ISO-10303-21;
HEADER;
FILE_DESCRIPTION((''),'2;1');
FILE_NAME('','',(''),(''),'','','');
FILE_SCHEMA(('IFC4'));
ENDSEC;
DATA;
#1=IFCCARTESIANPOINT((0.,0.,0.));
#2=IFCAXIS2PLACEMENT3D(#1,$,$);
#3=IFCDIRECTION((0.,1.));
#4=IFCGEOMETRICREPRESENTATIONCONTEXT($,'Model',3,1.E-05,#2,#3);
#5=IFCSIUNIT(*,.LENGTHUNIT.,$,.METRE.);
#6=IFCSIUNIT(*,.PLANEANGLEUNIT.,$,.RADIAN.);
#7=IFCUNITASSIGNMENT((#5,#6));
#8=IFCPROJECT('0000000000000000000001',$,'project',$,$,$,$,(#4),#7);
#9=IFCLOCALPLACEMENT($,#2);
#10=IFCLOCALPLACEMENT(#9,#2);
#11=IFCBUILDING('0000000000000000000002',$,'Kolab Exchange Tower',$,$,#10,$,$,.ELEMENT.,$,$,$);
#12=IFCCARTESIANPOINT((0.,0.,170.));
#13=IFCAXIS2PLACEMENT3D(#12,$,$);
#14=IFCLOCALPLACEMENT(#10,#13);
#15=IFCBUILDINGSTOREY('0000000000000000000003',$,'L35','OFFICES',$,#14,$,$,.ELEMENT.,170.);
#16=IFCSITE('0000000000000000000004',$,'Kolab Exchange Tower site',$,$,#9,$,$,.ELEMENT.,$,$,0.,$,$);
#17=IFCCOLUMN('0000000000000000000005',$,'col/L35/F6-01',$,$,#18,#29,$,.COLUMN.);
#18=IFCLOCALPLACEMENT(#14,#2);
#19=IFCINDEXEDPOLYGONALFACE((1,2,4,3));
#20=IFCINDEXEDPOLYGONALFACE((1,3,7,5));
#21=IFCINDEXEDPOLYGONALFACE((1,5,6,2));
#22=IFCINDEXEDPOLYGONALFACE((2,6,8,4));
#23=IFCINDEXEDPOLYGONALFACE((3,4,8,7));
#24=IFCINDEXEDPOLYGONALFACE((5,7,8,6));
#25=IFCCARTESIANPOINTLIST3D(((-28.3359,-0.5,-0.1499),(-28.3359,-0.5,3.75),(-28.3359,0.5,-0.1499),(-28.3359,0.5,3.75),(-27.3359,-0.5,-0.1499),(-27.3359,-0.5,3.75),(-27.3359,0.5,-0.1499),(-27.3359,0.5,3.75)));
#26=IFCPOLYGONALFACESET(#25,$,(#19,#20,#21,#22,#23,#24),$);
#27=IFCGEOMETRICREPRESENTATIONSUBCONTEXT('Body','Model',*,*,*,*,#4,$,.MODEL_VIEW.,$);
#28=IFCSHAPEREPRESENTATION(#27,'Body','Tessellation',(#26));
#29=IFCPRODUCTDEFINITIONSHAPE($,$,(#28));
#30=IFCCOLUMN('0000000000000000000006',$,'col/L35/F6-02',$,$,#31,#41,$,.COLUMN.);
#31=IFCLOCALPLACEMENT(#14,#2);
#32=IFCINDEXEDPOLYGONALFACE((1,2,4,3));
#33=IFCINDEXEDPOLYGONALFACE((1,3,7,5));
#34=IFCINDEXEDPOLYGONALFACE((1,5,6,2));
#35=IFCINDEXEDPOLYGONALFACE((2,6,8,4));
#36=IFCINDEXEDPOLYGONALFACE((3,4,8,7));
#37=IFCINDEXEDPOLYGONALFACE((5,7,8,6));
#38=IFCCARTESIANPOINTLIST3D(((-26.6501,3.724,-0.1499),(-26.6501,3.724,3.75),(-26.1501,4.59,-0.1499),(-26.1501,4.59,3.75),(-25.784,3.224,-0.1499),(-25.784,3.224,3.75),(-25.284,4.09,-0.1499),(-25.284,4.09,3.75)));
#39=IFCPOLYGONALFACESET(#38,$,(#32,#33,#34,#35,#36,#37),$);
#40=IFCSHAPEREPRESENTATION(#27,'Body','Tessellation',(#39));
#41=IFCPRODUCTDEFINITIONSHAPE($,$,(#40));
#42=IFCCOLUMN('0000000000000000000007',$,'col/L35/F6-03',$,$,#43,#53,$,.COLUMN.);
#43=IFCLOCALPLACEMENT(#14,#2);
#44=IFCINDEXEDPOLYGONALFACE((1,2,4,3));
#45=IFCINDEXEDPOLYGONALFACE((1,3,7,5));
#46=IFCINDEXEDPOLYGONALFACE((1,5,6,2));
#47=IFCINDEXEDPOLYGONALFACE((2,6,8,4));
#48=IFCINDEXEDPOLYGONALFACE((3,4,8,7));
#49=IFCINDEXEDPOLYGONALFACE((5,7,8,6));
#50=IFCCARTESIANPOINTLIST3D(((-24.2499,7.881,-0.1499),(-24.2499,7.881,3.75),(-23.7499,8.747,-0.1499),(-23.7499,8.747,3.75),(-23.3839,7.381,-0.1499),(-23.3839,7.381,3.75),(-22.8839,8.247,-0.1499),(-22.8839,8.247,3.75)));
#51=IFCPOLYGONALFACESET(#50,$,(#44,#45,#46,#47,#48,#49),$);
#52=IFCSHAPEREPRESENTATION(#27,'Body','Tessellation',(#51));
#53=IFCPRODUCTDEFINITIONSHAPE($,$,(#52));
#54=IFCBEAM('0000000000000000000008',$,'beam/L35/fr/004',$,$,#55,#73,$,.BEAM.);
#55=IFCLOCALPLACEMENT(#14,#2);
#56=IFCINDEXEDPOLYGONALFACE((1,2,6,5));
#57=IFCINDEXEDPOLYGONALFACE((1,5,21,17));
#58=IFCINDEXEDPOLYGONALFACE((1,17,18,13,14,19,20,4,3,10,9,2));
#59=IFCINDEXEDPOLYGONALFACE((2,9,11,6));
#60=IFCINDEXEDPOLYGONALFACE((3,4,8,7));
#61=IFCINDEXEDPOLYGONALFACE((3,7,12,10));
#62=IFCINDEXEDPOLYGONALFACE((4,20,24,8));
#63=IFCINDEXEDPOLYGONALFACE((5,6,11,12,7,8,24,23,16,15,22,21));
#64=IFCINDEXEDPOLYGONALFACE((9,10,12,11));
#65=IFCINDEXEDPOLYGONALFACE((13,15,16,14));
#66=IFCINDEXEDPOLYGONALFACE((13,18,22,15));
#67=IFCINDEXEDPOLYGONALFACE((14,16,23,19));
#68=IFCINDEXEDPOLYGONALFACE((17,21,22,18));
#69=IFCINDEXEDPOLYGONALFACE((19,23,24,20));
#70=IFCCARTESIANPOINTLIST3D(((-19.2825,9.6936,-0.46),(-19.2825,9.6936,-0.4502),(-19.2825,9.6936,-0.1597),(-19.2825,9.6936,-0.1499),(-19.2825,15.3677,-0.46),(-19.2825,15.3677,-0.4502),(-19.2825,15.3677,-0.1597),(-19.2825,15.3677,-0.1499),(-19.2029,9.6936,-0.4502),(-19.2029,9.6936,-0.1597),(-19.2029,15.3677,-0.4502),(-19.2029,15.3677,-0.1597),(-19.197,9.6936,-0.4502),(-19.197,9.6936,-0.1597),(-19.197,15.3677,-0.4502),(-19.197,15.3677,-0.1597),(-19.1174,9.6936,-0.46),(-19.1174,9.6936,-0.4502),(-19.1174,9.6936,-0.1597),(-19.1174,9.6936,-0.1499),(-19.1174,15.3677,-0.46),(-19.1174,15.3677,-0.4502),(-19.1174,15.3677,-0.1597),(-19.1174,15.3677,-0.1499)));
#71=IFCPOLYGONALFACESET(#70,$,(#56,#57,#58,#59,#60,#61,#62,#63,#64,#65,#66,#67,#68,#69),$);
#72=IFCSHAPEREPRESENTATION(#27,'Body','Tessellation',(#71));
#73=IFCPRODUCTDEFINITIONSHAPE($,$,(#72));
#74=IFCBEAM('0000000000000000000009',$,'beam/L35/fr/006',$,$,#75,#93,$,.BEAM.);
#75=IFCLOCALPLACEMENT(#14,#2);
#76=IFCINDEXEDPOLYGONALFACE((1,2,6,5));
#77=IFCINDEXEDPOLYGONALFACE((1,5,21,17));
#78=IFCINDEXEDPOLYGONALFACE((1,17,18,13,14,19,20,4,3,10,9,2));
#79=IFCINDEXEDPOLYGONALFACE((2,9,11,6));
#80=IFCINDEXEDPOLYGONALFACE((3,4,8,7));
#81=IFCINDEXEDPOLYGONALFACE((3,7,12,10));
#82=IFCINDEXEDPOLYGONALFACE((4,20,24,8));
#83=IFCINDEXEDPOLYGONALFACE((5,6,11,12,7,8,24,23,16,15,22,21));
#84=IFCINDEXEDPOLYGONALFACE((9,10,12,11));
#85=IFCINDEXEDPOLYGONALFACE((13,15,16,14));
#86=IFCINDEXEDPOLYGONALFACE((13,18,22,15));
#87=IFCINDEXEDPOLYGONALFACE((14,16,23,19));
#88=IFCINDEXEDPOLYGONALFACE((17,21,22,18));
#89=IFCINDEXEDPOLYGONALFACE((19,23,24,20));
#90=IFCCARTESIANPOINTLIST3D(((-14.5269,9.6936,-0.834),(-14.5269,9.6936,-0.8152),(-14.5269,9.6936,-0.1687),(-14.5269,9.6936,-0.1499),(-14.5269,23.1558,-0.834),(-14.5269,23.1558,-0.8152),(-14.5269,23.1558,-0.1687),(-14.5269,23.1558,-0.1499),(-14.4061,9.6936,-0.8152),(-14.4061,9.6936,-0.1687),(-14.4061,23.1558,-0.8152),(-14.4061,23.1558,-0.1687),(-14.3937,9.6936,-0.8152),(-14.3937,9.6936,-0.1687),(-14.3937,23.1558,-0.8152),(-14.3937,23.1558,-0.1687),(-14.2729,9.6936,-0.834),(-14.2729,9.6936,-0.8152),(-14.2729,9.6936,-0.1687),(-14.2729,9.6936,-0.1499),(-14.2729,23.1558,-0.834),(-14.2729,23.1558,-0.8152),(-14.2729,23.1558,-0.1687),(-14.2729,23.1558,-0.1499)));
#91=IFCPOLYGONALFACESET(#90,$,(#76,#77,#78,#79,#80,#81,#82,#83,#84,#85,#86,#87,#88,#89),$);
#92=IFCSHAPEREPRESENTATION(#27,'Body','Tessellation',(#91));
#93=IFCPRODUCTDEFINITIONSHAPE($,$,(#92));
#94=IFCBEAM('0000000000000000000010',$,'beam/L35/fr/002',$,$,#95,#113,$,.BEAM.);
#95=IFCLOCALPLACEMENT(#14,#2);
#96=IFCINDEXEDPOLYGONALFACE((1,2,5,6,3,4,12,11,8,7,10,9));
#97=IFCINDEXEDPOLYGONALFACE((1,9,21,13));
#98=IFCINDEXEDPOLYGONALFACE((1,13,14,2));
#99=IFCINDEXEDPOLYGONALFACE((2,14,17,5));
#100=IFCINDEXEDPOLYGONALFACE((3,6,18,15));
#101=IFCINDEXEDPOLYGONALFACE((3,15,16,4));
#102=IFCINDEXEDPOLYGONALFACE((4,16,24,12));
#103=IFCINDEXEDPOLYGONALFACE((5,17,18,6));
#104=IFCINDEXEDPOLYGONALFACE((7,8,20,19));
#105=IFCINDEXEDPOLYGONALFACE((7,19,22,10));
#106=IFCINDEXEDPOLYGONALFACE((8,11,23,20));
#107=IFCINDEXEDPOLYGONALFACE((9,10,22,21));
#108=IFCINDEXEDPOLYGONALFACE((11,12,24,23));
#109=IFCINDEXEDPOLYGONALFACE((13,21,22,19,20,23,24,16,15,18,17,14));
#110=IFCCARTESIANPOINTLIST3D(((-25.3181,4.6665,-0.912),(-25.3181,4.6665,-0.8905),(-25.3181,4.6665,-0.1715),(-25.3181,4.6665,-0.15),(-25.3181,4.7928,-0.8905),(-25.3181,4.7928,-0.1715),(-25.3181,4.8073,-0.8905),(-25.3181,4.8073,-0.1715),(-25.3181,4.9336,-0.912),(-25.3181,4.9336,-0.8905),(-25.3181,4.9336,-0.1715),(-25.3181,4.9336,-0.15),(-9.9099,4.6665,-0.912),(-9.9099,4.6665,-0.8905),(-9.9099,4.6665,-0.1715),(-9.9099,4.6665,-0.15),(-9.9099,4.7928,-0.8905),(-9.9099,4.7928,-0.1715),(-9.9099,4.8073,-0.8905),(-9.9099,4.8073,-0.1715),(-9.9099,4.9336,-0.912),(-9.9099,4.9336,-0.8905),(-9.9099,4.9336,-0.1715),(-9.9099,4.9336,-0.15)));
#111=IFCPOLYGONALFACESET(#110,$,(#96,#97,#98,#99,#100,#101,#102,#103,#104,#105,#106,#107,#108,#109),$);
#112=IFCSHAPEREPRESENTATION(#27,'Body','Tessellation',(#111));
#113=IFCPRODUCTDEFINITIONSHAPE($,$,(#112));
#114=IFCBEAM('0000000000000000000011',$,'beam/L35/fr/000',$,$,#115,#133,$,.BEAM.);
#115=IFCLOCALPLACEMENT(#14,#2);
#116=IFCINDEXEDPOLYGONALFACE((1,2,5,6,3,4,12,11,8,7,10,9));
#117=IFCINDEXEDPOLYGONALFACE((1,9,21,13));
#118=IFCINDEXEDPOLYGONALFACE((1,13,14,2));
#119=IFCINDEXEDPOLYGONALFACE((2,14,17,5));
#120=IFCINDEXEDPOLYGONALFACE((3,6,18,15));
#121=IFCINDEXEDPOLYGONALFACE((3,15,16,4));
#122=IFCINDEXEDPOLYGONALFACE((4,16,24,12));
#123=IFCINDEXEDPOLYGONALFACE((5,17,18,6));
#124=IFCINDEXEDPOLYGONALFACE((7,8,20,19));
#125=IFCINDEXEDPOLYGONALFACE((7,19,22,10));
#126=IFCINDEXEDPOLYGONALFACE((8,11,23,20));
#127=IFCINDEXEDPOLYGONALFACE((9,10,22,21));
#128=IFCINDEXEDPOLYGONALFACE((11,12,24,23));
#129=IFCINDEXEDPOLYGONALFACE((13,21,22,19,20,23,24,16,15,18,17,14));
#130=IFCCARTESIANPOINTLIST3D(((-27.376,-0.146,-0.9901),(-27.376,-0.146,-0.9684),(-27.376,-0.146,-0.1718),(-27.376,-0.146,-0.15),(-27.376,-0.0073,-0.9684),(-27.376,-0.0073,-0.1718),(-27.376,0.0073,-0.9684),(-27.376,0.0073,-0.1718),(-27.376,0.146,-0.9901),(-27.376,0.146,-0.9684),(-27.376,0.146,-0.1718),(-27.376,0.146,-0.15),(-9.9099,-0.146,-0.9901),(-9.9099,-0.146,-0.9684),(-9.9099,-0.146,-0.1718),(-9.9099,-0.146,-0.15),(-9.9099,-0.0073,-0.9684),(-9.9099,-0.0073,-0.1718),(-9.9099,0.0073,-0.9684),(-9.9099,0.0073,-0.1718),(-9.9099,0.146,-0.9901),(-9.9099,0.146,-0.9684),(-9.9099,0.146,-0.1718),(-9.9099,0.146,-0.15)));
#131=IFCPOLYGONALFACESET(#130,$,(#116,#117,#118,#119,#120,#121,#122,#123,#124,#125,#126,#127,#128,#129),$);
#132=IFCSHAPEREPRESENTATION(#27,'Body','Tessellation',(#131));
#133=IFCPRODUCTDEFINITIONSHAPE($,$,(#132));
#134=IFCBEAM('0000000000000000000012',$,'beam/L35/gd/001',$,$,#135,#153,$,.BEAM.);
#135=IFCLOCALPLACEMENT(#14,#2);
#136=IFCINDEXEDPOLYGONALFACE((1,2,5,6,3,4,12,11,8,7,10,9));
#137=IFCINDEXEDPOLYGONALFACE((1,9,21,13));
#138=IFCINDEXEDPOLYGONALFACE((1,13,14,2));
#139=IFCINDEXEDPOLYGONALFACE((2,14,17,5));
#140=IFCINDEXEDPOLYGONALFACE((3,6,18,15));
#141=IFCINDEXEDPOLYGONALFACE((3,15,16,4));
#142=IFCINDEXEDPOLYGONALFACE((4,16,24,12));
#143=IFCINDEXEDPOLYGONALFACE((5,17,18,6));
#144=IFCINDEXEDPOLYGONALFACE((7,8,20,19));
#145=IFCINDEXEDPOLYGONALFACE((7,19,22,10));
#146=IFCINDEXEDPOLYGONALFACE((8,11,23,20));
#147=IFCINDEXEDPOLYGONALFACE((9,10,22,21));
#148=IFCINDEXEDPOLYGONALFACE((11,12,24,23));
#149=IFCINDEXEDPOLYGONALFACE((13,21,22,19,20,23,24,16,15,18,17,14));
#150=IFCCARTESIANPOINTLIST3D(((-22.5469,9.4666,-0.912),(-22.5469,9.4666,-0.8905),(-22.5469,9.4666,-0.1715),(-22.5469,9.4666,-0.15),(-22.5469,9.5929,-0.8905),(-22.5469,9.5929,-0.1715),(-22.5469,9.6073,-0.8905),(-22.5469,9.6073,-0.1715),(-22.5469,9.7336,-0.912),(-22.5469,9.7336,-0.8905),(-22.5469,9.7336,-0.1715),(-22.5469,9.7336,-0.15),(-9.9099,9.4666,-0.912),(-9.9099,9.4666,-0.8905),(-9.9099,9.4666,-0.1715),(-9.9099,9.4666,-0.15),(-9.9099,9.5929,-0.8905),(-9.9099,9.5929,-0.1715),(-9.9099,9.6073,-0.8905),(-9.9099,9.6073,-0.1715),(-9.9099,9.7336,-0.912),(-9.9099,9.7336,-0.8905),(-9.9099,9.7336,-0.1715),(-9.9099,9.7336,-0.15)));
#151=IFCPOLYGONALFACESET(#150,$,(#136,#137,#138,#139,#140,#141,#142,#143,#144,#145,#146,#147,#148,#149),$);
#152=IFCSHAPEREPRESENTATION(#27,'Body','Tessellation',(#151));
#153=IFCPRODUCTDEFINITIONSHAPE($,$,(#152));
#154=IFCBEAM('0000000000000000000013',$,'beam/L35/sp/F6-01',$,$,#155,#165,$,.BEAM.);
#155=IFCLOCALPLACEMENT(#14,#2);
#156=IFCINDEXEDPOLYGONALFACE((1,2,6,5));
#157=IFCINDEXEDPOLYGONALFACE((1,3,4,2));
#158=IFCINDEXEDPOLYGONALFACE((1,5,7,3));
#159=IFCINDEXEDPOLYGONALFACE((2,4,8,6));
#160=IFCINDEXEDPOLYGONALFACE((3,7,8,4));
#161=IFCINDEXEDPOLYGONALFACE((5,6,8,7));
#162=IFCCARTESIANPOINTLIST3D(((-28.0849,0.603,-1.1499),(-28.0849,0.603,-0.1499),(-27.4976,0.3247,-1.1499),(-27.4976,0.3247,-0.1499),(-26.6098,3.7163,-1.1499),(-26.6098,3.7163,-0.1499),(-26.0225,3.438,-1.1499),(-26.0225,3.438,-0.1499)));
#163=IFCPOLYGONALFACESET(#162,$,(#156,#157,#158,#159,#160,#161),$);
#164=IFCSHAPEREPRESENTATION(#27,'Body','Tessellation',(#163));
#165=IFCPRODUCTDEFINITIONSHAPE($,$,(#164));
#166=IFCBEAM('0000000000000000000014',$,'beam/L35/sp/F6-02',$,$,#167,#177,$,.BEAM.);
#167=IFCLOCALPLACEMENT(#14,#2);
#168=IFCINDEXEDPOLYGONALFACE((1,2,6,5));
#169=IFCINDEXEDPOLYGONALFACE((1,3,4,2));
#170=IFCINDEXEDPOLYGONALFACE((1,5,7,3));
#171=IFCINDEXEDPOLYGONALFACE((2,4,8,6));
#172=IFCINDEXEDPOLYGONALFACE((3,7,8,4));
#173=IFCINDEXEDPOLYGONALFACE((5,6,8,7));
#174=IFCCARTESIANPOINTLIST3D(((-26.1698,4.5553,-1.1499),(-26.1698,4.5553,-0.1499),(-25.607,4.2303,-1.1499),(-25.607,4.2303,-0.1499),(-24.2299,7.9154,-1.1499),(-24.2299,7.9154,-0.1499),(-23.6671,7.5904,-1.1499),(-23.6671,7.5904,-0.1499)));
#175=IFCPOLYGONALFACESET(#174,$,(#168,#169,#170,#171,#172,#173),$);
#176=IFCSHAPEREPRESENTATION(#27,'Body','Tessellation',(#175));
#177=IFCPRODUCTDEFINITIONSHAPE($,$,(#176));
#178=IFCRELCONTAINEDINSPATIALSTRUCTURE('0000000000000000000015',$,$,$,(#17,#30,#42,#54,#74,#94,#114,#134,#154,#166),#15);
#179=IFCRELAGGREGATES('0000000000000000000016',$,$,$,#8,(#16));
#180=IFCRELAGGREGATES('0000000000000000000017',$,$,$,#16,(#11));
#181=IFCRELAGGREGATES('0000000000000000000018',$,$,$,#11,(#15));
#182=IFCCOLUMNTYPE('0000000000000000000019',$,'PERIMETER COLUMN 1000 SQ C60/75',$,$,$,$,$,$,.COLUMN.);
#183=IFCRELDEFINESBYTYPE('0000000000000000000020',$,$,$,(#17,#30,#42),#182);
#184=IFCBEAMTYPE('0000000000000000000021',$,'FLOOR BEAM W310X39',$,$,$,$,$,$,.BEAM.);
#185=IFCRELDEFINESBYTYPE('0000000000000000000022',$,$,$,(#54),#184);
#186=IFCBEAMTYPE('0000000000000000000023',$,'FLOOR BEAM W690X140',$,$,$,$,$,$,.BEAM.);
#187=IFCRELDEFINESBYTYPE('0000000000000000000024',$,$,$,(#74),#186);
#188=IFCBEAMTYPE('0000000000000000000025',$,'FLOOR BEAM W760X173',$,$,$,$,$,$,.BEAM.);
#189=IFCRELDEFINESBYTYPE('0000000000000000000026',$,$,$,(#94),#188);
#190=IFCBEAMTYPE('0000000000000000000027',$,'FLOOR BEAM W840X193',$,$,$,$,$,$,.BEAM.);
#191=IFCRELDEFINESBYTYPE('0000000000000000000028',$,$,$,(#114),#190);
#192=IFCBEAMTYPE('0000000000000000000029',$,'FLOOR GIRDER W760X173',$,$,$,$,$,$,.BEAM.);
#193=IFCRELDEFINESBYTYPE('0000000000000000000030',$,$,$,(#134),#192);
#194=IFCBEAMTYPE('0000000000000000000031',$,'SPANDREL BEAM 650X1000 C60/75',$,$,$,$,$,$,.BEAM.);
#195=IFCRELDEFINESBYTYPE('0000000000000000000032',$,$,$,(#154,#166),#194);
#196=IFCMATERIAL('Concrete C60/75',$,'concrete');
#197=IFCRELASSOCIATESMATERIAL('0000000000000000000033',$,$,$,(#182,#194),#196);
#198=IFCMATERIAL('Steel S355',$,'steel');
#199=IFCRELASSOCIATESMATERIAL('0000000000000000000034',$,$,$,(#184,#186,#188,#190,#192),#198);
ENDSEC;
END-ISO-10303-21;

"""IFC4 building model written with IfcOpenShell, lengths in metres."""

from ifc_helpers import new_model, si_unit, direction, frame, origin, origin_2d, place, context, subcontext, project, spatial, rectangle, i_section, extrude, material, material_profile, profile_set, type_object, element, save


model = new_model("IFC4")

# Units and contexts
model_context = context("Model", 3, precision=1e-05, world=origin(), true_north=direction((0.0, 1.0)))
body_context = subcontext(model_context, "Body", "Model", "MODEL_VIEW")
ifc_project = project(units=[si_unit("LENGTHUNIT", "METRE"), si_unit("PLANEANGLEUNIT", "RADIAN")], contexts=[model_context])

# Site, building, storey
site_placement = place(None, origin())
site = spatial("IfcSite", under=ifc_project, at=site_placement, Name="Kolab Exchange Tower site", CompositionType="ELEMENT", RefElevation=0.0)
building_placement = place(site_placement, origin())
building = spatial("IfcBuilding", under=site, at=building_placement, Name="Kolab Exchange Tower", CompositionType="ELEMENT")
storey_placement = place(building_placement, frame((0.0, 0.0, 170.0)))
storey = spatial("IfcBuildingStorey", under=building, at=storey_placement, Name="L35", Description="OFFICES", CompositionType="ELEMENT", Elevation=170.0)

# Columns
ifc_material_1 = material(Name="Concrete C60/75", Category="concrete")
ifc_material_profile_1 = material_profile(ifc_material_1, rectangle(XDim=1.0, YDim=1.0, at=origin_2d()), Name="RC1000")
ifc_profile_set_1 = profile_set([ifc_material_profile_1], Name="Concrete C60/75")
column_type = type_object("IfcColumnType", Name="PERIMETER COLUMN 1000 SQ C60/75", PredefinedType="COLUMN", material=ifc_profile_set_1)
for number, where, z_axis, x_axis, name in (
    (1, (-27.8359, 0.0, -0.1499), (0.0, 0.0, 1.0), (1.0, 0.0, 0.0), "col/L35/F6-01"),
    (2, (-25.967, 3.907, -0.1499), (0.0, 0.0, 1.0), (0.5, 0.866025, 0.0), "col/L35/F6-02"),
    (3, (-23.5669, 8.064, -0.1499), (0.0, 0.0, 1.0), (0.5, 0.866025, 0.0), "col/L35/F6-03"),
):
    element("IfcColumn", number, at=place(storey_placement, frame(where, z_axis=z_axis, x_axis=x_axis)), inside=storey, type_object=column_type, Name=name, PredefinedType="COLUMN", context=body_context, shape_type="SweptSolid", body=[
        extrude(rectangle(XDim=1.0, YDim=1.0, at=origin_2d()), origin(), (0.0, 0.0, 1.0), 3.8999),
    ])

# Beams
ifc_material_2 = material(Name="Steel S355", Category="steel")
ifc_material_profile_2 = material_profile(ifc_material_2, i_section(OverallWidth=0.165, OverallDepth=0.3101, WebThickness=0.0059, FlangeThickness=0.0098, at=origin_2d()), Name="W310X39")
ifc_profile_set_2 = profile_set([ifc_material_profile_2], Name="Steel S355")
beam_type_1 = type_object("IfcBeamType", Name="FLOOR BEAM W310X39", PredefinedType="BEAM", material=ifc_profile_set_2)
beam_1_placement = place(storey_placement, frame((-19.2, 9.6936, -0.3049), z_axis=(0.0, 1.0, 0.0), x_axis=(-1.0, 0.0, 0.0)))
element("IfcBeam", 4, at=beam_1_placement, inside=storey, type_object=beam_type_1, Name="beam/L35/fr/004", PredefinedType="BEAM", context=body_context, shape_type="SweptSolid", body=[
    extrude(i_section(OverallWidth=0.165, OverallDepth=0.3101, WebThickness=0.0059, FlangeThickness=0.0098, at=origin_2d()), origin(), (0.0, 0.0, 1.0), 5.6741),
])
ifc_material_profile_3 = material_profile(ifc_material_2, i_section(OverallWidth=0.2539, OverallDepth=0.6841, WebThickness=0.0125, FlangeThickness=0.0188, at=origin_2d()), Name="W690X140")
ifc_profile_set_3 = profile_set([ifc_material_profile_3], Name="Steel S355")
beam_type_2 = type_object("IfcBeamType", Name="FLOOR BEAM W690X140", PredefinedType="BEAM", material=ifc_profile_set_3)
beam_2_placement = place(storey_placement, frame((-14.3999, 9.6936, -0.4919), z_axis=(0.0, 1.0, 0.0), x_axis=(-1.0, 0.0, 0.0)))
element("IfcBeam", 5, at=beam_2_placement, inside=storey, type_object=beam_type_2, Name="beam/L35/fr/006", PredefinedType="BEAM", context=body_context, shape_type="SweptSolid", body=[
    extrude(i_section(OverallWidth=0.2539, OverallDepth=0.6841, WebThickness=0.0125, FlangeThickness=0.0188, at=origin_2d()), origin(), (0.0, 0.0, 1.0), 13.4622),
])
ifc_material_profile_4 = material_profile(ifc_material_2, i_section(OverallWidth=0.2671, OverallDepth=0.762, WebThickness=0.0144, FlangeThickness=0.0215, at=origin_2d()), Name="W760X173")
ifc_profile_set_4 = profile_set([ifc_material_profile_4], Name="Steel S355")
beam_type_3 = type_object("IfcBeamType", Name="FLOOR BEAM W760X173", PredefinedType="BEAM", material=ifc_profile_set_4)
beam_3_placement = place(storey_placement, frame((-25.3181, 4.8, -0.531), z_axis=(1.0, 0.0, 0.0), x_axis=(0.0, 1.0, 0.0)))
element("IfcBeam", 6, at=beam_3_placement, inside=storey, type_object=beam_type_3, Name="beam/L35/fr/002", PredefinedType="BEAM", context=body_context, shape_type="SweptSolid", body=[
    extrude(i_section(OverallWidth=0.2671, OverallDepth=0.762, WebThickness=0.0144, FlangeThickness=0.0215, at=origin_2d()), origin(), (0.0, 0.0, 1.0), 15.4082),
])
ifc_material_profile_5 = material_profile(ifc_material_2, i_section(OverallWidth=0.292, OverallDepth=0.8401, WebThickness=0.0146, FlangeThickness=0.0217, at=origin_2d()), Name="W840X193")
ifc_profile_set_5 = profile_set([ifc_material_profile_5], Name="Steel S355")
beam_type_4 = type_object("IfcBeamType", Name="FLOOR BEAM W840X193", PredefinedType="BEAM", material=ifc_profile_set_5)
beam_4_placement = place(storey_placement, frame((-27.376, 0.0, -0.5701), z_axis=(1.0, 0.0, 0.0), x_axis=(0.0, 1.0, 0.0)))
element("IfcBeam", 7, at=beam_4_placement, inside=storey, type_object=beam_type_4, Name="beam/L35/fr/000", PredefinedType="BEAM", context=body_context, shape_type="SweptSolid", body=[
    extrude(i_section(OverallWidth=0.292, OverallDepth=0.8401, WebThickness=0.0146, FlangeThickness=0.0217, at=origin_2d()), origin(), (0.0, 0.0, 1.0), 17.4661),
])
ifc_material_profile_6 = material_profile(ifc_material_2, i_section(OverallWidth=0.2671, OverallDepth=0.762, WebThickness=0.0144, FlangeThickness=0.0215, at=origin_2d()), Name="W760X173")
ifc_profile_set_6 = profile_set([ifc_material_profile_6], Name="Steel S355")
beam_type_5 = type_object("IfcBeamType", Name="FLOOR GIRDER W760X173", PredefinedType="BEAM", material=ifc_profile_set_6)
beam_5_placement = place(storey_placement, frame((-22.5469, 9.6001, -0.531), z_axis=(1.0, 0.0, 0.0), x_axis=(0.0, 1.0, 0.0)))
element("IfcBeam", 8, at=beam_5_placement, inside=storey, type_object=beam_type_5, Name="beam/L35/gd/001", PredefinedType="BEAM", context=body_context, shape_type="SweptSolid", body=[
    extrude(i_section(OverallWidth=0.2671, OverallDepth=0.762, WebThickness=0.0144, FlangeThickness=0.0215, at=origin_2d()), origin(), (0.0, 0.0, 1.0), 12.637),
])
ifc_material_profile_7 = material_profile(ifc_material_1, rectangle(XDim=0.6499, YDim=1.0, at=origin_2d()), Name="RC650X1000")
ifc_profile_set_7 = profile_set([ifc_material_profile_7], Name="Concrete C60/75")
beam_type_6 = type_object("IfcBeamType", Name="SPANDREL BEAM 650X1000 C60/75", PredefinedType="BEAM", material=ifc_profile_set_7)
beam_6_placement = place(storey_placement, frame((-27.7913, 0.4639, -0.6499), z_axis=(0.428178, 0.903695, 0.0), x_axis=(-0.903695, 0.428178, 0.0)))
element("IfcBeam", 9, at=beam_6_placement, inside=storey, type_object=beam_type_6, Name="beam/L35/sp/F6-01", PredefinedType="BEAM", context=body_context, shape_type="SweptSolid", body=[
    extrude(rectangle(XDim=0.6499, YDim=1.0, at=origin_2d()), origin(), (0.0, 0.0, 1.0), 3.4451),
])
for number, where, z_axis, x_axis, name in (
    (10, (-25.8884, 4.3928, -0.6499), (0.499997, 0.866027, 0.0), (-0.866027, 0.499997, 0.0), "beam/L35/sp/F6-02"),
):
    element("IfcBeam", number, at=place(storey_placement, frame(where, z_axis=z_axis, x_axis=x_axis)), inside=storey, type_object=beam_type_6, Name=name, PredefinedType="BEAM", context=body_context, shape_type="SweptSolid", body=[
        extrude(rectangle(XDim=0.6499, YDim=1.0, at=origin_2d()), origin(), (0.0, 0.0, 1.0), 3.8799),
    ])

save(model, "model.ifc")
